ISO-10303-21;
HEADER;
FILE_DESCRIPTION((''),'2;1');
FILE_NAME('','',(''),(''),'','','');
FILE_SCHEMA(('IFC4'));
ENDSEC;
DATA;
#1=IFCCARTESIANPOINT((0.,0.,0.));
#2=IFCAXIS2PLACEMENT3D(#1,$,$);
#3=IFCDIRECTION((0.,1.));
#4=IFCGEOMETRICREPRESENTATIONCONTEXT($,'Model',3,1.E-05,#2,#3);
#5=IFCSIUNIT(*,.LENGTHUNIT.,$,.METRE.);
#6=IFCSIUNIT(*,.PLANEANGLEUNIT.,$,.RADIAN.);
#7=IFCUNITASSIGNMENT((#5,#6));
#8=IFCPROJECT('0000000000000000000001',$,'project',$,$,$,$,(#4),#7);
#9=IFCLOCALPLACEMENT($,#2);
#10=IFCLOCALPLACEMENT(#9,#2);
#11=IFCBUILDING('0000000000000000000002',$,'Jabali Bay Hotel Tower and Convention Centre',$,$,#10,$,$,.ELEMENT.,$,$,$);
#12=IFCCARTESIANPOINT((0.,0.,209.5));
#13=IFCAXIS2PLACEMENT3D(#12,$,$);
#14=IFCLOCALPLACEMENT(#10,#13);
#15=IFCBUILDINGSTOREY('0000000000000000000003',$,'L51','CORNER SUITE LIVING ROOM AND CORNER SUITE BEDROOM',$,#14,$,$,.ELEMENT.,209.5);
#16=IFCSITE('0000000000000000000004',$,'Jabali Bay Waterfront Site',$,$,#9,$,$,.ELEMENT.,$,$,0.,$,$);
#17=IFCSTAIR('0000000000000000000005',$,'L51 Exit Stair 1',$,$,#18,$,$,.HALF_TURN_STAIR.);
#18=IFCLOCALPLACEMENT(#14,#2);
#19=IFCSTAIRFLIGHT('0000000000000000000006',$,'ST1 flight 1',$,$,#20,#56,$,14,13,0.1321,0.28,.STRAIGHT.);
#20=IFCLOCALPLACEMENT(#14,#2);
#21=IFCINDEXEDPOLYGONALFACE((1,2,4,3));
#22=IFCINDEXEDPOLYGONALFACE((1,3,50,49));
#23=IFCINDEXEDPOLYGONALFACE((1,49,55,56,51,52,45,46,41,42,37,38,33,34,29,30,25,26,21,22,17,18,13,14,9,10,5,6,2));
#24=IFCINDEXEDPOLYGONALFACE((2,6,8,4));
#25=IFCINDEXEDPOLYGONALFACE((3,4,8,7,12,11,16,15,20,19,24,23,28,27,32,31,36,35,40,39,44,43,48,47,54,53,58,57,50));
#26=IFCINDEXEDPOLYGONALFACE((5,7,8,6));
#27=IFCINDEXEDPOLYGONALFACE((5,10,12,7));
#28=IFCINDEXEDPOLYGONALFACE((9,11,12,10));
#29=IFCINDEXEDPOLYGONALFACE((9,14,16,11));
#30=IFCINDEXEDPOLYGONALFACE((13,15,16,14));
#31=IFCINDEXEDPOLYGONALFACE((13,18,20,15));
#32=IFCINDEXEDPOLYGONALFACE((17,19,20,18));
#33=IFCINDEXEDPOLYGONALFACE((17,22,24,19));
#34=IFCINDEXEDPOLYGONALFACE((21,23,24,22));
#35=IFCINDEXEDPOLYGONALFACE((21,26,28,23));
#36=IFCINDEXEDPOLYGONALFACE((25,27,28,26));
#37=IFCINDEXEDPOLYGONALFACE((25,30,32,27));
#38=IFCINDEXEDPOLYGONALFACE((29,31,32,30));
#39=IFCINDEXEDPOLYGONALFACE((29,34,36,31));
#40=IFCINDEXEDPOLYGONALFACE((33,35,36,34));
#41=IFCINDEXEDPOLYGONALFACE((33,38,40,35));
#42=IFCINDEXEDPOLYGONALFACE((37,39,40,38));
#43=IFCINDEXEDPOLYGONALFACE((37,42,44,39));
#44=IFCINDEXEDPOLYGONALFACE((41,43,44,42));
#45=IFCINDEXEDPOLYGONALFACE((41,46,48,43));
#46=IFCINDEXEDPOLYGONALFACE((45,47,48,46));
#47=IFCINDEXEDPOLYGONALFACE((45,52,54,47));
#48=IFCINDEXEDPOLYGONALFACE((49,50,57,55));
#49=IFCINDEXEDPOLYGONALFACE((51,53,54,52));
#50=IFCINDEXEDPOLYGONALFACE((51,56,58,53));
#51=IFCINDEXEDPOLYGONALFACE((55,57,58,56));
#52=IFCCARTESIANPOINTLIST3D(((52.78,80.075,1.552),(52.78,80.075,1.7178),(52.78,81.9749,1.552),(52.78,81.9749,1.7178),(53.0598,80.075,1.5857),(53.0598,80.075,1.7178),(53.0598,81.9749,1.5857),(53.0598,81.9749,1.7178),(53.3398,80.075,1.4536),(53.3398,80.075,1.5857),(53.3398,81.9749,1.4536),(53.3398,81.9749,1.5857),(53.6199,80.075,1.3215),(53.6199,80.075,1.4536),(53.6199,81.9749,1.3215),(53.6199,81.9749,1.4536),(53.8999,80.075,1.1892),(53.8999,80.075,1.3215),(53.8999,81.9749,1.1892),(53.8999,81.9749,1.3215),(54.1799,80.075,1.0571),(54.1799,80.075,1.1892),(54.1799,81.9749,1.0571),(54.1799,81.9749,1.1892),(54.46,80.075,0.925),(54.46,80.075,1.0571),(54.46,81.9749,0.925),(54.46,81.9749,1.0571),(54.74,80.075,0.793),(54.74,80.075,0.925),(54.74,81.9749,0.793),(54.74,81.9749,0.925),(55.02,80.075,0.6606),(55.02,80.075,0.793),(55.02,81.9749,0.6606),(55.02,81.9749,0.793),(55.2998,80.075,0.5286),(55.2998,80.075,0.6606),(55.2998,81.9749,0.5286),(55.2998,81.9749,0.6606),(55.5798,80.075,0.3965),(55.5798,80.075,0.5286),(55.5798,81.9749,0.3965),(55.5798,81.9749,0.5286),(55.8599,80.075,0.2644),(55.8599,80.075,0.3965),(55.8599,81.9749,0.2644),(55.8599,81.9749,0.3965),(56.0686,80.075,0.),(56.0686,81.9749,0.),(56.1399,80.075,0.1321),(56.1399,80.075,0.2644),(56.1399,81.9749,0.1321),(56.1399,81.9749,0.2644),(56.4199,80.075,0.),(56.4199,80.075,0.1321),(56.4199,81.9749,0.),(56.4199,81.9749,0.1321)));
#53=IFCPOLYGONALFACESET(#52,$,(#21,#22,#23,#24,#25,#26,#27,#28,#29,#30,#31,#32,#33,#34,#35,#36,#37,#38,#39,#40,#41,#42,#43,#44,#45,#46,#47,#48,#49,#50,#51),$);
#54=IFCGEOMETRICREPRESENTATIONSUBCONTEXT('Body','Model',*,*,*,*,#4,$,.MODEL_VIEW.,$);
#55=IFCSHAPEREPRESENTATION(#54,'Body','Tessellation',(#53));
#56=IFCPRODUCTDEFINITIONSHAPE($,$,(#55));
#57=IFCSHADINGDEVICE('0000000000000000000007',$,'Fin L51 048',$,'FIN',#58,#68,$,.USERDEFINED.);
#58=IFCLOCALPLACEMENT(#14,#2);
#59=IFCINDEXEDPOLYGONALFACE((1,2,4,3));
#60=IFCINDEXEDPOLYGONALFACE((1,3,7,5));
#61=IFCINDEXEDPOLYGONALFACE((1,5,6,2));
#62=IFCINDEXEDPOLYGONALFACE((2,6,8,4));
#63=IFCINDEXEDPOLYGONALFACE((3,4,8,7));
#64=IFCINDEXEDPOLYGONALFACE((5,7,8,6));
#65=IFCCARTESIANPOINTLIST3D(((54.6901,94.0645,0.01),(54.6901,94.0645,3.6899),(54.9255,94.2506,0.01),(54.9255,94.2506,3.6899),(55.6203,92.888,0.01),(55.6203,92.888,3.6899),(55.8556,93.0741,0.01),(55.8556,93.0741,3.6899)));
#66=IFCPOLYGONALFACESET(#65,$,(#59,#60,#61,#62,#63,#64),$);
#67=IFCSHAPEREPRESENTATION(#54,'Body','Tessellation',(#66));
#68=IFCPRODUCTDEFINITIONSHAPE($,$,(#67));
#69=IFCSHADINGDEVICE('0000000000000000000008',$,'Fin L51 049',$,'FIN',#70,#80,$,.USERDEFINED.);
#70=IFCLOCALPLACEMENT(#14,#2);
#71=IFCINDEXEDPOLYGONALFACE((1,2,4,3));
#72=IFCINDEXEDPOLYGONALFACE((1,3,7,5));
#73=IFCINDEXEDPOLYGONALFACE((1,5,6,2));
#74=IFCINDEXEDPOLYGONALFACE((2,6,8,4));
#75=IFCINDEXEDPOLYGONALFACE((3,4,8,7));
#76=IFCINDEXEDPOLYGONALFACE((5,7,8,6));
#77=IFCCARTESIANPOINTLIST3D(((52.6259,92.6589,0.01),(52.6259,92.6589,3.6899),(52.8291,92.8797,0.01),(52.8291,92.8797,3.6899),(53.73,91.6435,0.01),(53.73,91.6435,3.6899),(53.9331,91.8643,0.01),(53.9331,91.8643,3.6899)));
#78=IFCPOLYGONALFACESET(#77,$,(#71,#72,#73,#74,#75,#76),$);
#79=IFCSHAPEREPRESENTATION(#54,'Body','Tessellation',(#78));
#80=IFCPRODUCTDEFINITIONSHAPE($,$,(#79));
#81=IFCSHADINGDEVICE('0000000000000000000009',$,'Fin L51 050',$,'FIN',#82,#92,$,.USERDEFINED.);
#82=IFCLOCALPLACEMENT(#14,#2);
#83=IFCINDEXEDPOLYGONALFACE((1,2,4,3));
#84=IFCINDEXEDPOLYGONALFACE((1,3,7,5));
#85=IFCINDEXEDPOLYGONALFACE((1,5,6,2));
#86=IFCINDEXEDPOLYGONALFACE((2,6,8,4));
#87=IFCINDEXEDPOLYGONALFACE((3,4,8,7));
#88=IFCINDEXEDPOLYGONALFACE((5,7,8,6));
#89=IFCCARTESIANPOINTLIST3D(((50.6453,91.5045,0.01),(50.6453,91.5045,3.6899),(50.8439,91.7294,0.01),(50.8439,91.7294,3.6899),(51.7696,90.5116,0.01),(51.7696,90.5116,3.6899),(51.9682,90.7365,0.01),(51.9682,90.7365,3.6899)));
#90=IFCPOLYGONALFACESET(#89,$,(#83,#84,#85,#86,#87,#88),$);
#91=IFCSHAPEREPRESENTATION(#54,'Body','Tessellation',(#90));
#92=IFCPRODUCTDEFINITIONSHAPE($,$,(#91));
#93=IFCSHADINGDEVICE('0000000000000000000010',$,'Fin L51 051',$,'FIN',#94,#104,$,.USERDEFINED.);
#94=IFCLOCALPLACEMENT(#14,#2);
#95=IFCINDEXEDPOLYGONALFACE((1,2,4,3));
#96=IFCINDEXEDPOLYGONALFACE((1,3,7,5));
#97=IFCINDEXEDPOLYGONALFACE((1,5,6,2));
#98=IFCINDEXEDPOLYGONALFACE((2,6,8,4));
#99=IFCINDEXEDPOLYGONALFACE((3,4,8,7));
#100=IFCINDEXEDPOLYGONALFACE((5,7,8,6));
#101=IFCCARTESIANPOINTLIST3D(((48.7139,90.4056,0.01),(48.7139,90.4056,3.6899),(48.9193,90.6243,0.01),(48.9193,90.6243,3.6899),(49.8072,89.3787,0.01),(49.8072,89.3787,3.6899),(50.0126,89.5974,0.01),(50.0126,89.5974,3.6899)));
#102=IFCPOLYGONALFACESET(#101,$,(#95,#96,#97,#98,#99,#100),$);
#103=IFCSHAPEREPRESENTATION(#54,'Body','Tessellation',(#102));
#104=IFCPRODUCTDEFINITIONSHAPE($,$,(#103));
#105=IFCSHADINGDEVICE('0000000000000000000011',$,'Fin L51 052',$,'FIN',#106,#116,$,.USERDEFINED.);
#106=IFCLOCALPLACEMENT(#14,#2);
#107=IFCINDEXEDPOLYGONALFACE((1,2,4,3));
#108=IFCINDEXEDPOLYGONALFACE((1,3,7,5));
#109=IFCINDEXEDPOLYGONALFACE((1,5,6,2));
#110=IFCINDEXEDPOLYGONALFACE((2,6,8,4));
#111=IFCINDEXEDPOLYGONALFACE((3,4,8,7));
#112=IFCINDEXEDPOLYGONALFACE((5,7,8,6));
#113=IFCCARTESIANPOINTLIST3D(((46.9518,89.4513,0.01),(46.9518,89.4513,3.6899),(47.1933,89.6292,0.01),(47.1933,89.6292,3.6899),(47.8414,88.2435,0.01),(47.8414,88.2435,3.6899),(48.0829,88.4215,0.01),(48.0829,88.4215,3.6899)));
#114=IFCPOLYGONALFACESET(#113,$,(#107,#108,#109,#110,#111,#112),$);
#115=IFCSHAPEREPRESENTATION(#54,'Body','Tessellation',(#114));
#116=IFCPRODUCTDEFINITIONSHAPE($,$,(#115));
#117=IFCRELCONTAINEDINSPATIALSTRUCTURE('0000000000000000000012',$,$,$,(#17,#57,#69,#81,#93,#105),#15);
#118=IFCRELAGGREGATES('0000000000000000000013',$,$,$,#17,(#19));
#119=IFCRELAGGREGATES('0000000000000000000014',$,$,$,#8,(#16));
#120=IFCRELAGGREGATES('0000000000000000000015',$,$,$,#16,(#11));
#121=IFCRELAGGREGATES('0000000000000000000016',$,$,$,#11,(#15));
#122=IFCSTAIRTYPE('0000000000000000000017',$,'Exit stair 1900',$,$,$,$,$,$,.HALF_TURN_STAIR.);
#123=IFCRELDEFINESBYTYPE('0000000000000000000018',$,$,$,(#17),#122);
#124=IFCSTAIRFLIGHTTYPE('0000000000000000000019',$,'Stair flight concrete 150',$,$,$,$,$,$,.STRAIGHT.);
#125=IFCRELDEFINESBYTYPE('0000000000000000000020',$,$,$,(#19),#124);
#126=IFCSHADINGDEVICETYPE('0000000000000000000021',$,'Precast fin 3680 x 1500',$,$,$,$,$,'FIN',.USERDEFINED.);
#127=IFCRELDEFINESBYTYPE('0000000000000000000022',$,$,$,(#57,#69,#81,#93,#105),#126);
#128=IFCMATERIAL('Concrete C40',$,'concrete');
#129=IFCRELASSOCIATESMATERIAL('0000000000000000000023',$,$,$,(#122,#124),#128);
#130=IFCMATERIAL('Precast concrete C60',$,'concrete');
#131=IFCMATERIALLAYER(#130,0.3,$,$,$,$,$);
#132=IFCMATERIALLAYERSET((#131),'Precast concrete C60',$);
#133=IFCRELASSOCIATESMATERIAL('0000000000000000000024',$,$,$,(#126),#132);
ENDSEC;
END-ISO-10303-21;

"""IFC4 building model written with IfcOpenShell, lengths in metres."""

from ifc_helpers import new_model, si_unit, direction, frame, frame_2d, origin, place, context, subcontext, project, spatial, polyline, rectangle, outline, extrude, material, layer, layer_set, type_object, element, aggregate, save


model = new_model("IFC4")

# Units and contexts
model_context = context("Model", 3, precision=1e-05, world=origin(), true_north=direction((0.0, 1.0)))
body_context = subcontext(model_context, "Body", "Model", "MODEL_VIEW")
ifc_project = project(units=[si_unit("LENGTHUNIT", "METRE"), si_unit("PLANEANGLEUNIT", "RADIAN")], contexts=[model_context])

# Site, building, storey
site_placement = place(None, origin())
site = spatial("IfcSite", under=ifc_project, at=site_placement, Name="Jabali Bay Waterfront Site", CompositionType="ELEMENT", RefElevation=0.0)
building_placement = place(site_placement, origin())
building = spatial("IfcBuilding", under=site, at=building_placement, Name="Jabali Bay Hotel Tower and Convention Centre", CompositionType="ELEMENT")
storey_placement = place(building_placement, frame((0.0, 0.0, 209.5)))
storey = spatial("IfcBuildingStorey", under=building, at=storey_placement, Name="L51", Description="CORNER SUITE LIVING ROOM AND CORNER SUITE BEDROOM", CompositionType="ELEMENT", Elevation=209.5)

# Shared definitions
ifc_material_1 = material(Name="Concrete C40", Category="concrete")

# Stair, stair flight
stair_type = type_object("IfcStairType", Name="Exit stair 1900", PredefinedType="HALF_TURN_STAIR", material=ifc_material_1)
stair_placement = place(storey_placement, origin())
stair = element("IfcStair", 1, at=stair_placement, inside=storey, type_object=stair_type, Name="L51 Exit Stair 1", PredefinedType="HALF_TURN_STAIR")
stair_flight_type = type_object("IfcStairFlightType", Name="Stair flight concrete 150", PredefinedType="STRAIGHT", material=ifc_material_1)
stair_flight_placement = place(storey_placement, frame((56.4199, 81.0249, 0.0), z_axis=(0.0, 0.0, 1.0), x_axis=(-1.0, 0.0, 0.0)))
stair_flight = element("IfcStairFlight", 2, at=stair_flight_placement, type_object=stair_flight_type, Name="ST1 flight 1", NumberOfRisers=14, NumberOfTreads=13, PredefinedType="STRAIGHT", RiserHeight=0.1321, TreadLength=0.28, context=body_context, shape_type="SweptSolid", body=[
    extrude(outline(polyline([(0.0, 0.0), (0.0, 0.1321), (0.28, 0.1321), (0.28, 0.2644), (0.5601, 0.2644), (0.5601, 0.3965), (0.8401, 0.3965), (0.8401, 0.5286), (1.1201, 0.5286), (1.1201, 0.6606), (1.3999, 0.6606), (1.3999, 0.793), (1.6799, 0.793), (1.6799, 0.925), (1.96, 0.925), (1.96, 1.0571), (2.24, 1.0571), (2.24, 1.1892), (2.52, 1.1892), (2.52, 1.3215), (2.8, 1.3215), (2.8, 1.4536), (3.0801, 1.4536), (3.0801, 1.5857), (3.3601, 1.5857), (3.3601, 1.7178), (3.6399, 1.7178), (3.6399, 1.8501), (3.6399, 1.552), (0.3513, 0.0), (0.0, 0.0)])), frame((0.0, 0.95, 0.0), z_axis=(0.0, -1.0, 0.0), x_axis=(1.0, 0.0, 0.0)), (0.0, 0.0, 1.0), 1.8999),
])
aggregate(stair, [stair_flight])

# Shading devices
ifc_material_2 = material(Name="Precast concrete C60", Category="concrete")
ifc_layer_1 = layer(ifc_material_2, 0.3)
ifc_layer_set_1 = layer_set([ifc_layer_1], Name="Precast concrete C60")
shading_device_type = type_object("IfcShadingDeviceType", Name="Precast fin 3680 x 1500", ElementType="FIN", PredefinedType="USERDEFINED", material=ifc_layer_set_1)
shading_device_placement = place(storey_placement, frame((55.738, 92.981, 0.01), z_axis=(0.0, 0.0, 1.0), x_axis=(-0.620198, 0.784445, 0.0)))
element("IfcShadingDevice", 3, at=shading_device_placement, inside=storey, type_object=shading_device_type, Name="Fin L51 048", ObjectType="FIN", PredefinedType="USERDEFINED", context=body_context, shape_type="SweptSolid", body=[
    extrude(rectangle(XDim=1.4998, YDim=0.3, at=frame_2d((0.75, 0.0))), origin(), (0.0, 0.0, 1.0), 3.6799),
])
for number, where, z_axis, x_axis, name in (
    (4, (53.8315, 91.7539, 0.01), (0.0, 0.0, 1.0), (-0.736032, 0.676947, 0.0), "Fin L51 049"),
    (5, (51.8689, 90.624, 0.01), (0.0, 0.0, 1.0), (-0.749534, 0.661966, 0.0), "Fin L51 050"),
    (6, (49.9099, 89.488, 0.01), (0.0, 0.0, 1.0), (-0.728897, 0.684623, 0.0), "Fin L51 051"),
    (7, (47.9622, 88.3325, 0.01), (0.0, 0.0, 1.0), (-0.593077, 0.805146, 0.0), "Fin L51 052"),
):
    element("IfcShadingDevice", number, at=place(storey_placement, frame(where, z_axis=z_axis, x_axis=x_axis)), inside=storey, type_object=shading_device_type, Name=name, ObjectType="FIN", PredefinedType="USERDEFINED", context=body_context, shape_type="SweptSolid", body=[
        extrude(rectangle(XDim=1.5, YDim=0.3, at=frame_2d((0.75, 0.0))), origin(), (0.0, 0.0, 1.0), 3.6799),
    ])

save(model, "model.ifc")
